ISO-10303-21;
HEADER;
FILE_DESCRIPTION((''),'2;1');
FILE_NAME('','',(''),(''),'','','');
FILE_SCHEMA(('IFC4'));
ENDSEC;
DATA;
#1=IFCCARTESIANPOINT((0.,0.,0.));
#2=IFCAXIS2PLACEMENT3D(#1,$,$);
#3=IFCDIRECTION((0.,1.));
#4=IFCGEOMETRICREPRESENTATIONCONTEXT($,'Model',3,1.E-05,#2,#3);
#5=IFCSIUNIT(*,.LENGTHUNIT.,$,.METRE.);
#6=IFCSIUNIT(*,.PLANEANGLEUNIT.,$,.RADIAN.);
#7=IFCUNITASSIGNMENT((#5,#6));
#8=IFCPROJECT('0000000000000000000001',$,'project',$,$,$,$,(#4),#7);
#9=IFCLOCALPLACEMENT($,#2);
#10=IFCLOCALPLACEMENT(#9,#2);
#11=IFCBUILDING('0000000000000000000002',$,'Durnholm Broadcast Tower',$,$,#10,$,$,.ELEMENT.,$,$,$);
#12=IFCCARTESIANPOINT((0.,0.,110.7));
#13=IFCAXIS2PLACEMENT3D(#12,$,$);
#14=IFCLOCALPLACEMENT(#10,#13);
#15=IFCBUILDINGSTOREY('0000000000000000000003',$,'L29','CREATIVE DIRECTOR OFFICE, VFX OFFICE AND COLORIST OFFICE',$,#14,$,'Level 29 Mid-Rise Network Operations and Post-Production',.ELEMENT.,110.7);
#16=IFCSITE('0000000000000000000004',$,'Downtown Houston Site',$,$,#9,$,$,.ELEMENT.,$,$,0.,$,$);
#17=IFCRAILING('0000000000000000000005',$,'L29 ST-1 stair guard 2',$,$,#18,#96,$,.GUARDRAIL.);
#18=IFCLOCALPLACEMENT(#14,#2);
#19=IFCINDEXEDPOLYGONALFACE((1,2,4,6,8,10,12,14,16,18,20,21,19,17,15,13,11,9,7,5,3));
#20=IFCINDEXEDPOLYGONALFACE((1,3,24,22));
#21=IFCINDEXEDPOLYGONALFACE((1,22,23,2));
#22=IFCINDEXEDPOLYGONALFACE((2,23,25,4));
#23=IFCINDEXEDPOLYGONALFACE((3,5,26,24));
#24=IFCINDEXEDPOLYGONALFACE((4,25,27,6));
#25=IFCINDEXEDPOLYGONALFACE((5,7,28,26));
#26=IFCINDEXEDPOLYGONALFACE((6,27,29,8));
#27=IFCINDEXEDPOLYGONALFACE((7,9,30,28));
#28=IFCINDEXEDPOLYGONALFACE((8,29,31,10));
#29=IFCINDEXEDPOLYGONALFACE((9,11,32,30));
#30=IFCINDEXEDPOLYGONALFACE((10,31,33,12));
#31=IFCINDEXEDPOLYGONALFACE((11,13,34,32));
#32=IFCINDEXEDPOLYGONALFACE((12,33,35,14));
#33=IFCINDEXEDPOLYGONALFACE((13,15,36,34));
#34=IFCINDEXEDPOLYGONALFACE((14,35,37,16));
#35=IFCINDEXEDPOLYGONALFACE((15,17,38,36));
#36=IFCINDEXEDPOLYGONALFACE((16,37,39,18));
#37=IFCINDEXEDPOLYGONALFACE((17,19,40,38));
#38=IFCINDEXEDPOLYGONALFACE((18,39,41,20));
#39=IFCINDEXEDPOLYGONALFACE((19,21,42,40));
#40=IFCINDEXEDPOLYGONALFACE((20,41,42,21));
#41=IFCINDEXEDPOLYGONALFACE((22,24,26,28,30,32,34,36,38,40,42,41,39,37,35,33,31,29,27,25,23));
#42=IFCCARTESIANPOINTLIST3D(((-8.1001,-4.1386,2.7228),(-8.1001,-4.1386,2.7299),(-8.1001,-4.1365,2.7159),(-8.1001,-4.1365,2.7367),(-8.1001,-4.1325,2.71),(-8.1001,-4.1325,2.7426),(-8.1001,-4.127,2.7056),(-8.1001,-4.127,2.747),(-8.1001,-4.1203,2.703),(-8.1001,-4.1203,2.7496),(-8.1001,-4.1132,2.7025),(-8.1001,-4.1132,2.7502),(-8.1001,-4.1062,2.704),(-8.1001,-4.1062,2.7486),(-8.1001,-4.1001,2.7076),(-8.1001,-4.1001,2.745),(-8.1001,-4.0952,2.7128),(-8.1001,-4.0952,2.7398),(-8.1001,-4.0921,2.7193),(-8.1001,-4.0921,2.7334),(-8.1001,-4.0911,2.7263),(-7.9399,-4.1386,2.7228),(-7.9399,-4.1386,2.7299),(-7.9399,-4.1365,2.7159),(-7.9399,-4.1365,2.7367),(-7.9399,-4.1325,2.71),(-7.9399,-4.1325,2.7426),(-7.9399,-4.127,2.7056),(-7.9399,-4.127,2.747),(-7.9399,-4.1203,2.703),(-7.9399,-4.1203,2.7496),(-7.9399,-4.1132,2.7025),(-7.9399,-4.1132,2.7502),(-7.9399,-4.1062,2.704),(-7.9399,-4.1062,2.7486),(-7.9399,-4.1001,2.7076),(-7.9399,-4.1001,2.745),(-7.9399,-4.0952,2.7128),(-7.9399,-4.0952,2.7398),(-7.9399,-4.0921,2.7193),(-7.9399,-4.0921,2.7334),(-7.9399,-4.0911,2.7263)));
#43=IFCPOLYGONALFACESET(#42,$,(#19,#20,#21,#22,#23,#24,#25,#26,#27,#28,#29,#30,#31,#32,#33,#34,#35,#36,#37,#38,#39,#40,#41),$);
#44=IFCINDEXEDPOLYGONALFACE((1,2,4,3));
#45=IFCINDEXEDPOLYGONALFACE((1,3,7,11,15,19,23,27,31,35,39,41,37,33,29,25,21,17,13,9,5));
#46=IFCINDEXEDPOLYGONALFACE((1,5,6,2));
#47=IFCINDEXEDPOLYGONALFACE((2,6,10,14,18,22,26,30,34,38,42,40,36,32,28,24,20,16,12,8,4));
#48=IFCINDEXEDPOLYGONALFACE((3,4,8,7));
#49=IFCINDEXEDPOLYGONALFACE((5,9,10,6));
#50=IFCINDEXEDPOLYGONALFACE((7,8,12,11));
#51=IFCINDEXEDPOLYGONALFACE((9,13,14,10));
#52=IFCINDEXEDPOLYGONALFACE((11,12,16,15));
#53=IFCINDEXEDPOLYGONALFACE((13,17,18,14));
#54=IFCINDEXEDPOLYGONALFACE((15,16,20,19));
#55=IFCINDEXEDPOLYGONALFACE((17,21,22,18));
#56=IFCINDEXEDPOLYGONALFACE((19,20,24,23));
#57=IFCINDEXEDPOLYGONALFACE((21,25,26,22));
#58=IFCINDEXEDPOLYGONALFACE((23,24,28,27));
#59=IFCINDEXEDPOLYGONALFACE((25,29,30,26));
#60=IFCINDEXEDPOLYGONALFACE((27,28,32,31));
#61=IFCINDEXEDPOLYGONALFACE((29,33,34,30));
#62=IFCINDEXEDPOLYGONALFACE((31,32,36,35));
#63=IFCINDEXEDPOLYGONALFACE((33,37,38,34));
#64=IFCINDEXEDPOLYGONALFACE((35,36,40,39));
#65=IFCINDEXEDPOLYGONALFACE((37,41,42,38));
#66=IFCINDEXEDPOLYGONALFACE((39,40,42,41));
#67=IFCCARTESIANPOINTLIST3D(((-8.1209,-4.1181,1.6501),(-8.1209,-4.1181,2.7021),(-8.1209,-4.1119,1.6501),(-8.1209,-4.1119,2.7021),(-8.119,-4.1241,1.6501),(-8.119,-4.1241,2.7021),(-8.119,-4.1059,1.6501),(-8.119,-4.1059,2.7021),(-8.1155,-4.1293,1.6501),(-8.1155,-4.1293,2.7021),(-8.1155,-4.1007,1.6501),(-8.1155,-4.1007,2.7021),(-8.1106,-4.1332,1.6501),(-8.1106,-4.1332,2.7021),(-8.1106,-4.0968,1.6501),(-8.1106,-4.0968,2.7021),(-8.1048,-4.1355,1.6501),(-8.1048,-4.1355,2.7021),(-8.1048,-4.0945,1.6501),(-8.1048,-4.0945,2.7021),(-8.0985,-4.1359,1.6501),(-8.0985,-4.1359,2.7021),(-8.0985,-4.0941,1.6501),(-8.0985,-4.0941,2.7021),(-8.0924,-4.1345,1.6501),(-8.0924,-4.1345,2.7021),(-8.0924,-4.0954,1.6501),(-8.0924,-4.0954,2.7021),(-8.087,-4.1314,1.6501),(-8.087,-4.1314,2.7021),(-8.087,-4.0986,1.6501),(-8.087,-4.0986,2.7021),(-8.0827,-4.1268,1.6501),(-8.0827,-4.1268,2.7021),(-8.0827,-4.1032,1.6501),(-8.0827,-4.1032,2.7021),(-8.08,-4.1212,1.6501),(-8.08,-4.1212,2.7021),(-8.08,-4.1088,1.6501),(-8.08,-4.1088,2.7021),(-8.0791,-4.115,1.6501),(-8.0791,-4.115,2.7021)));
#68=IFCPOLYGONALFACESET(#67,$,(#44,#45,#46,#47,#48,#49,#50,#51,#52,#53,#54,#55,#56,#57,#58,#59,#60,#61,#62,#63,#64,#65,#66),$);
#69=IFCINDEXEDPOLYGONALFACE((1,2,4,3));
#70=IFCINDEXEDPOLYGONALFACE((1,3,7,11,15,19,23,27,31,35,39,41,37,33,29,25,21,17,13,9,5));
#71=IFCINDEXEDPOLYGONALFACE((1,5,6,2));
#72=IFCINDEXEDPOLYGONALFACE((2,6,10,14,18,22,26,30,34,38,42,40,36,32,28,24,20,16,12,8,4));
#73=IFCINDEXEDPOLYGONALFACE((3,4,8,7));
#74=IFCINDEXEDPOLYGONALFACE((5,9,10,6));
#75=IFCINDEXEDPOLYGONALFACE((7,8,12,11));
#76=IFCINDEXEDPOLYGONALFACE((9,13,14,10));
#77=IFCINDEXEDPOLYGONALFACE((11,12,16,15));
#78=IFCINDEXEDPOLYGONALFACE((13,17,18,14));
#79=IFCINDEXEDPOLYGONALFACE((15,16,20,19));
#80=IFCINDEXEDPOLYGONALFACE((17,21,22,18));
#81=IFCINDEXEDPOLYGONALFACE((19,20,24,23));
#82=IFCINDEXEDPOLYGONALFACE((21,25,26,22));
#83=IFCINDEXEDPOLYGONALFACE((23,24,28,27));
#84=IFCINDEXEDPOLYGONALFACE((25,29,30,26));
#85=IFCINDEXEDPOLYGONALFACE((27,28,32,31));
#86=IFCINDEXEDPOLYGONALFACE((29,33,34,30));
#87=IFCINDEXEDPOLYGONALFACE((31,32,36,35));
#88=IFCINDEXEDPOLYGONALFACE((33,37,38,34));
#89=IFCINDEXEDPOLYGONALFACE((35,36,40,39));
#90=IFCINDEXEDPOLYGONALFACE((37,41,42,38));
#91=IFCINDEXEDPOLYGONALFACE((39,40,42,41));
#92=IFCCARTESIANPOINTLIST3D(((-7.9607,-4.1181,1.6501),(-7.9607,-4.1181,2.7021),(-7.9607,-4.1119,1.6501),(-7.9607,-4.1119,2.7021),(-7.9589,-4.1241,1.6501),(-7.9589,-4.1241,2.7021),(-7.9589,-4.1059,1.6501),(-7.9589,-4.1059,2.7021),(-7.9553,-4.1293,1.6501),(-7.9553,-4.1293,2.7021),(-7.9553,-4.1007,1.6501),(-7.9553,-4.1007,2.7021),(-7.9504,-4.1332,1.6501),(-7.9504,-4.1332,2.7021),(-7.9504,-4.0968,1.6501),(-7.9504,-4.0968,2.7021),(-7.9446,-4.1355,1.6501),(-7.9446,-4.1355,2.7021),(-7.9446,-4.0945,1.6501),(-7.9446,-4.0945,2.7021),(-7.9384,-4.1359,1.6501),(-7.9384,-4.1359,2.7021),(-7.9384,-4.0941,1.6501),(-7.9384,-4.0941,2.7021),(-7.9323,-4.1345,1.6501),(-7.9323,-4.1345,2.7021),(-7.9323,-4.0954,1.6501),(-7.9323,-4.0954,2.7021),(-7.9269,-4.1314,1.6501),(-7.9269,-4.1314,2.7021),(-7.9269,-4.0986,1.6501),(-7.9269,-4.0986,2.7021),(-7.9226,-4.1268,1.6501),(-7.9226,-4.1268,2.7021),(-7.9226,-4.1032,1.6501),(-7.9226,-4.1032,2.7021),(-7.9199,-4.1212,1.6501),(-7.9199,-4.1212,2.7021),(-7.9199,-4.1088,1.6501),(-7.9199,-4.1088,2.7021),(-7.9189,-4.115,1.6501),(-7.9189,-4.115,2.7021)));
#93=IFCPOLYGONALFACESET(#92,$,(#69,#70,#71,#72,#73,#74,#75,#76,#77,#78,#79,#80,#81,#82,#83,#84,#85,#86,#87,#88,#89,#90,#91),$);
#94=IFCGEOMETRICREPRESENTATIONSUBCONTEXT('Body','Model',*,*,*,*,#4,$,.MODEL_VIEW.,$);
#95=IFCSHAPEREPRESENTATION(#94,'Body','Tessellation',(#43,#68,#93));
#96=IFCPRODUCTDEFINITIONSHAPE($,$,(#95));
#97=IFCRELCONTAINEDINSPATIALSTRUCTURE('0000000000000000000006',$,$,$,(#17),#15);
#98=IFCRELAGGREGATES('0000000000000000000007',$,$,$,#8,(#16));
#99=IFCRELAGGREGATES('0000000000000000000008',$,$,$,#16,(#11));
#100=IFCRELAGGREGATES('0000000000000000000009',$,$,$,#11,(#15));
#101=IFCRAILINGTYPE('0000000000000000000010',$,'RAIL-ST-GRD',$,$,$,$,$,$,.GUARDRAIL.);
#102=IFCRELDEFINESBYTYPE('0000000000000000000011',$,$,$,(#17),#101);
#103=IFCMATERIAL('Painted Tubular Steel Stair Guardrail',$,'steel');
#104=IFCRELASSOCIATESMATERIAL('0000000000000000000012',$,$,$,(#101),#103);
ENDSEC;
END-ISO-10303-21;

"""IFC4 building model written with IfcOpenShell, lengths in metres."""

from ifc_helpers import new_model, si_unit, direction, frame, origin, origin_2d, place, context, subcontext, project, spatial, circle, extrude, material, type_object, element, save


model = new_model("IFC4")

# Units and contexts
model_context = context("Model", 3, precision=1e-05, world=origin(), true_north=direction((0.0, 1.0)))
body_context = subcontext(model_context, "Body", "Model", "MODEL_VIEW")
ifc_project = project(units=[si_unit("LENGTHUNIT", "METRE"), si_unit("PLANEANGLEUNIT", "RADIAN")], contexts=[model_context])

# Site, building, storey
site_placement = place(None, origin())
site = spatial("IfcSite", under=ifc_project, at=site_placement, Name="Downtown Houston Site", CompositionType="ELEMENT", RefElevation=0.0)
building_placement = place(site_placement, origin())
building = spatial("IfcBuilding", under=site, at=building_placement, Name="Durnholm Broadcast Tower", CompositionType="ELEMENT")
storey_placement = place(building_placement, frame((0.0, 0.0, 110.7)))
storey = spatial("IfcBuildingStorey", under=building, at=storey_placement, Name="L29", Description="CREATIVE DIRECTOR OFFICE, VFX OFFICE AND COLORIST OFFICE", LongName="Level 29 Mid-Rise Network Operations and Post-Production", CompositionType="ELEMENT", Elevation=110.7)

# Railing
ifc_material_1 = material(Name="Painted Tubular Steel Stair Guardrail", Category="steel")
railing_type_1 = type_object("IfcRailingType", Name="RAIL-ST-GRD", PredefinedType="GUARDRAIL", material=ifc_material_1)
railing_1_placement = place(storey_placement, frame((-8.1001, -4.115, 1.6501)))
element("IfcRailing", 1, at=railing_1_placement, inside=storey, type_object=railing_type_1, Name="L29 ST-1 stair guard 2", PredefinedType="GUARDRAIL", context=body_context, shape_type="SweptSolid", body=[
    extrude(circle(Radius=0.0239, at=origin_2d()), frame((0.0, 0.0, 1.0762), z_axis=(1.0, 0.0, 0.0), x_axis=(0.0, 1.0, 0.0)), (0.0, 0.0, 1.0), 0.1602),
    extrude(circle(Radius=0.021, at=origin_2d()), origin(), (0.0, 0.0, 1.0), 1.052),
    extrude(circle(Radius=0.021, at=origin_2d()), frame((0.1602, 0.0, 0.0)), (0.0, 0.0, 1.0), 1.052),
])

save(model, "model.ifc")
